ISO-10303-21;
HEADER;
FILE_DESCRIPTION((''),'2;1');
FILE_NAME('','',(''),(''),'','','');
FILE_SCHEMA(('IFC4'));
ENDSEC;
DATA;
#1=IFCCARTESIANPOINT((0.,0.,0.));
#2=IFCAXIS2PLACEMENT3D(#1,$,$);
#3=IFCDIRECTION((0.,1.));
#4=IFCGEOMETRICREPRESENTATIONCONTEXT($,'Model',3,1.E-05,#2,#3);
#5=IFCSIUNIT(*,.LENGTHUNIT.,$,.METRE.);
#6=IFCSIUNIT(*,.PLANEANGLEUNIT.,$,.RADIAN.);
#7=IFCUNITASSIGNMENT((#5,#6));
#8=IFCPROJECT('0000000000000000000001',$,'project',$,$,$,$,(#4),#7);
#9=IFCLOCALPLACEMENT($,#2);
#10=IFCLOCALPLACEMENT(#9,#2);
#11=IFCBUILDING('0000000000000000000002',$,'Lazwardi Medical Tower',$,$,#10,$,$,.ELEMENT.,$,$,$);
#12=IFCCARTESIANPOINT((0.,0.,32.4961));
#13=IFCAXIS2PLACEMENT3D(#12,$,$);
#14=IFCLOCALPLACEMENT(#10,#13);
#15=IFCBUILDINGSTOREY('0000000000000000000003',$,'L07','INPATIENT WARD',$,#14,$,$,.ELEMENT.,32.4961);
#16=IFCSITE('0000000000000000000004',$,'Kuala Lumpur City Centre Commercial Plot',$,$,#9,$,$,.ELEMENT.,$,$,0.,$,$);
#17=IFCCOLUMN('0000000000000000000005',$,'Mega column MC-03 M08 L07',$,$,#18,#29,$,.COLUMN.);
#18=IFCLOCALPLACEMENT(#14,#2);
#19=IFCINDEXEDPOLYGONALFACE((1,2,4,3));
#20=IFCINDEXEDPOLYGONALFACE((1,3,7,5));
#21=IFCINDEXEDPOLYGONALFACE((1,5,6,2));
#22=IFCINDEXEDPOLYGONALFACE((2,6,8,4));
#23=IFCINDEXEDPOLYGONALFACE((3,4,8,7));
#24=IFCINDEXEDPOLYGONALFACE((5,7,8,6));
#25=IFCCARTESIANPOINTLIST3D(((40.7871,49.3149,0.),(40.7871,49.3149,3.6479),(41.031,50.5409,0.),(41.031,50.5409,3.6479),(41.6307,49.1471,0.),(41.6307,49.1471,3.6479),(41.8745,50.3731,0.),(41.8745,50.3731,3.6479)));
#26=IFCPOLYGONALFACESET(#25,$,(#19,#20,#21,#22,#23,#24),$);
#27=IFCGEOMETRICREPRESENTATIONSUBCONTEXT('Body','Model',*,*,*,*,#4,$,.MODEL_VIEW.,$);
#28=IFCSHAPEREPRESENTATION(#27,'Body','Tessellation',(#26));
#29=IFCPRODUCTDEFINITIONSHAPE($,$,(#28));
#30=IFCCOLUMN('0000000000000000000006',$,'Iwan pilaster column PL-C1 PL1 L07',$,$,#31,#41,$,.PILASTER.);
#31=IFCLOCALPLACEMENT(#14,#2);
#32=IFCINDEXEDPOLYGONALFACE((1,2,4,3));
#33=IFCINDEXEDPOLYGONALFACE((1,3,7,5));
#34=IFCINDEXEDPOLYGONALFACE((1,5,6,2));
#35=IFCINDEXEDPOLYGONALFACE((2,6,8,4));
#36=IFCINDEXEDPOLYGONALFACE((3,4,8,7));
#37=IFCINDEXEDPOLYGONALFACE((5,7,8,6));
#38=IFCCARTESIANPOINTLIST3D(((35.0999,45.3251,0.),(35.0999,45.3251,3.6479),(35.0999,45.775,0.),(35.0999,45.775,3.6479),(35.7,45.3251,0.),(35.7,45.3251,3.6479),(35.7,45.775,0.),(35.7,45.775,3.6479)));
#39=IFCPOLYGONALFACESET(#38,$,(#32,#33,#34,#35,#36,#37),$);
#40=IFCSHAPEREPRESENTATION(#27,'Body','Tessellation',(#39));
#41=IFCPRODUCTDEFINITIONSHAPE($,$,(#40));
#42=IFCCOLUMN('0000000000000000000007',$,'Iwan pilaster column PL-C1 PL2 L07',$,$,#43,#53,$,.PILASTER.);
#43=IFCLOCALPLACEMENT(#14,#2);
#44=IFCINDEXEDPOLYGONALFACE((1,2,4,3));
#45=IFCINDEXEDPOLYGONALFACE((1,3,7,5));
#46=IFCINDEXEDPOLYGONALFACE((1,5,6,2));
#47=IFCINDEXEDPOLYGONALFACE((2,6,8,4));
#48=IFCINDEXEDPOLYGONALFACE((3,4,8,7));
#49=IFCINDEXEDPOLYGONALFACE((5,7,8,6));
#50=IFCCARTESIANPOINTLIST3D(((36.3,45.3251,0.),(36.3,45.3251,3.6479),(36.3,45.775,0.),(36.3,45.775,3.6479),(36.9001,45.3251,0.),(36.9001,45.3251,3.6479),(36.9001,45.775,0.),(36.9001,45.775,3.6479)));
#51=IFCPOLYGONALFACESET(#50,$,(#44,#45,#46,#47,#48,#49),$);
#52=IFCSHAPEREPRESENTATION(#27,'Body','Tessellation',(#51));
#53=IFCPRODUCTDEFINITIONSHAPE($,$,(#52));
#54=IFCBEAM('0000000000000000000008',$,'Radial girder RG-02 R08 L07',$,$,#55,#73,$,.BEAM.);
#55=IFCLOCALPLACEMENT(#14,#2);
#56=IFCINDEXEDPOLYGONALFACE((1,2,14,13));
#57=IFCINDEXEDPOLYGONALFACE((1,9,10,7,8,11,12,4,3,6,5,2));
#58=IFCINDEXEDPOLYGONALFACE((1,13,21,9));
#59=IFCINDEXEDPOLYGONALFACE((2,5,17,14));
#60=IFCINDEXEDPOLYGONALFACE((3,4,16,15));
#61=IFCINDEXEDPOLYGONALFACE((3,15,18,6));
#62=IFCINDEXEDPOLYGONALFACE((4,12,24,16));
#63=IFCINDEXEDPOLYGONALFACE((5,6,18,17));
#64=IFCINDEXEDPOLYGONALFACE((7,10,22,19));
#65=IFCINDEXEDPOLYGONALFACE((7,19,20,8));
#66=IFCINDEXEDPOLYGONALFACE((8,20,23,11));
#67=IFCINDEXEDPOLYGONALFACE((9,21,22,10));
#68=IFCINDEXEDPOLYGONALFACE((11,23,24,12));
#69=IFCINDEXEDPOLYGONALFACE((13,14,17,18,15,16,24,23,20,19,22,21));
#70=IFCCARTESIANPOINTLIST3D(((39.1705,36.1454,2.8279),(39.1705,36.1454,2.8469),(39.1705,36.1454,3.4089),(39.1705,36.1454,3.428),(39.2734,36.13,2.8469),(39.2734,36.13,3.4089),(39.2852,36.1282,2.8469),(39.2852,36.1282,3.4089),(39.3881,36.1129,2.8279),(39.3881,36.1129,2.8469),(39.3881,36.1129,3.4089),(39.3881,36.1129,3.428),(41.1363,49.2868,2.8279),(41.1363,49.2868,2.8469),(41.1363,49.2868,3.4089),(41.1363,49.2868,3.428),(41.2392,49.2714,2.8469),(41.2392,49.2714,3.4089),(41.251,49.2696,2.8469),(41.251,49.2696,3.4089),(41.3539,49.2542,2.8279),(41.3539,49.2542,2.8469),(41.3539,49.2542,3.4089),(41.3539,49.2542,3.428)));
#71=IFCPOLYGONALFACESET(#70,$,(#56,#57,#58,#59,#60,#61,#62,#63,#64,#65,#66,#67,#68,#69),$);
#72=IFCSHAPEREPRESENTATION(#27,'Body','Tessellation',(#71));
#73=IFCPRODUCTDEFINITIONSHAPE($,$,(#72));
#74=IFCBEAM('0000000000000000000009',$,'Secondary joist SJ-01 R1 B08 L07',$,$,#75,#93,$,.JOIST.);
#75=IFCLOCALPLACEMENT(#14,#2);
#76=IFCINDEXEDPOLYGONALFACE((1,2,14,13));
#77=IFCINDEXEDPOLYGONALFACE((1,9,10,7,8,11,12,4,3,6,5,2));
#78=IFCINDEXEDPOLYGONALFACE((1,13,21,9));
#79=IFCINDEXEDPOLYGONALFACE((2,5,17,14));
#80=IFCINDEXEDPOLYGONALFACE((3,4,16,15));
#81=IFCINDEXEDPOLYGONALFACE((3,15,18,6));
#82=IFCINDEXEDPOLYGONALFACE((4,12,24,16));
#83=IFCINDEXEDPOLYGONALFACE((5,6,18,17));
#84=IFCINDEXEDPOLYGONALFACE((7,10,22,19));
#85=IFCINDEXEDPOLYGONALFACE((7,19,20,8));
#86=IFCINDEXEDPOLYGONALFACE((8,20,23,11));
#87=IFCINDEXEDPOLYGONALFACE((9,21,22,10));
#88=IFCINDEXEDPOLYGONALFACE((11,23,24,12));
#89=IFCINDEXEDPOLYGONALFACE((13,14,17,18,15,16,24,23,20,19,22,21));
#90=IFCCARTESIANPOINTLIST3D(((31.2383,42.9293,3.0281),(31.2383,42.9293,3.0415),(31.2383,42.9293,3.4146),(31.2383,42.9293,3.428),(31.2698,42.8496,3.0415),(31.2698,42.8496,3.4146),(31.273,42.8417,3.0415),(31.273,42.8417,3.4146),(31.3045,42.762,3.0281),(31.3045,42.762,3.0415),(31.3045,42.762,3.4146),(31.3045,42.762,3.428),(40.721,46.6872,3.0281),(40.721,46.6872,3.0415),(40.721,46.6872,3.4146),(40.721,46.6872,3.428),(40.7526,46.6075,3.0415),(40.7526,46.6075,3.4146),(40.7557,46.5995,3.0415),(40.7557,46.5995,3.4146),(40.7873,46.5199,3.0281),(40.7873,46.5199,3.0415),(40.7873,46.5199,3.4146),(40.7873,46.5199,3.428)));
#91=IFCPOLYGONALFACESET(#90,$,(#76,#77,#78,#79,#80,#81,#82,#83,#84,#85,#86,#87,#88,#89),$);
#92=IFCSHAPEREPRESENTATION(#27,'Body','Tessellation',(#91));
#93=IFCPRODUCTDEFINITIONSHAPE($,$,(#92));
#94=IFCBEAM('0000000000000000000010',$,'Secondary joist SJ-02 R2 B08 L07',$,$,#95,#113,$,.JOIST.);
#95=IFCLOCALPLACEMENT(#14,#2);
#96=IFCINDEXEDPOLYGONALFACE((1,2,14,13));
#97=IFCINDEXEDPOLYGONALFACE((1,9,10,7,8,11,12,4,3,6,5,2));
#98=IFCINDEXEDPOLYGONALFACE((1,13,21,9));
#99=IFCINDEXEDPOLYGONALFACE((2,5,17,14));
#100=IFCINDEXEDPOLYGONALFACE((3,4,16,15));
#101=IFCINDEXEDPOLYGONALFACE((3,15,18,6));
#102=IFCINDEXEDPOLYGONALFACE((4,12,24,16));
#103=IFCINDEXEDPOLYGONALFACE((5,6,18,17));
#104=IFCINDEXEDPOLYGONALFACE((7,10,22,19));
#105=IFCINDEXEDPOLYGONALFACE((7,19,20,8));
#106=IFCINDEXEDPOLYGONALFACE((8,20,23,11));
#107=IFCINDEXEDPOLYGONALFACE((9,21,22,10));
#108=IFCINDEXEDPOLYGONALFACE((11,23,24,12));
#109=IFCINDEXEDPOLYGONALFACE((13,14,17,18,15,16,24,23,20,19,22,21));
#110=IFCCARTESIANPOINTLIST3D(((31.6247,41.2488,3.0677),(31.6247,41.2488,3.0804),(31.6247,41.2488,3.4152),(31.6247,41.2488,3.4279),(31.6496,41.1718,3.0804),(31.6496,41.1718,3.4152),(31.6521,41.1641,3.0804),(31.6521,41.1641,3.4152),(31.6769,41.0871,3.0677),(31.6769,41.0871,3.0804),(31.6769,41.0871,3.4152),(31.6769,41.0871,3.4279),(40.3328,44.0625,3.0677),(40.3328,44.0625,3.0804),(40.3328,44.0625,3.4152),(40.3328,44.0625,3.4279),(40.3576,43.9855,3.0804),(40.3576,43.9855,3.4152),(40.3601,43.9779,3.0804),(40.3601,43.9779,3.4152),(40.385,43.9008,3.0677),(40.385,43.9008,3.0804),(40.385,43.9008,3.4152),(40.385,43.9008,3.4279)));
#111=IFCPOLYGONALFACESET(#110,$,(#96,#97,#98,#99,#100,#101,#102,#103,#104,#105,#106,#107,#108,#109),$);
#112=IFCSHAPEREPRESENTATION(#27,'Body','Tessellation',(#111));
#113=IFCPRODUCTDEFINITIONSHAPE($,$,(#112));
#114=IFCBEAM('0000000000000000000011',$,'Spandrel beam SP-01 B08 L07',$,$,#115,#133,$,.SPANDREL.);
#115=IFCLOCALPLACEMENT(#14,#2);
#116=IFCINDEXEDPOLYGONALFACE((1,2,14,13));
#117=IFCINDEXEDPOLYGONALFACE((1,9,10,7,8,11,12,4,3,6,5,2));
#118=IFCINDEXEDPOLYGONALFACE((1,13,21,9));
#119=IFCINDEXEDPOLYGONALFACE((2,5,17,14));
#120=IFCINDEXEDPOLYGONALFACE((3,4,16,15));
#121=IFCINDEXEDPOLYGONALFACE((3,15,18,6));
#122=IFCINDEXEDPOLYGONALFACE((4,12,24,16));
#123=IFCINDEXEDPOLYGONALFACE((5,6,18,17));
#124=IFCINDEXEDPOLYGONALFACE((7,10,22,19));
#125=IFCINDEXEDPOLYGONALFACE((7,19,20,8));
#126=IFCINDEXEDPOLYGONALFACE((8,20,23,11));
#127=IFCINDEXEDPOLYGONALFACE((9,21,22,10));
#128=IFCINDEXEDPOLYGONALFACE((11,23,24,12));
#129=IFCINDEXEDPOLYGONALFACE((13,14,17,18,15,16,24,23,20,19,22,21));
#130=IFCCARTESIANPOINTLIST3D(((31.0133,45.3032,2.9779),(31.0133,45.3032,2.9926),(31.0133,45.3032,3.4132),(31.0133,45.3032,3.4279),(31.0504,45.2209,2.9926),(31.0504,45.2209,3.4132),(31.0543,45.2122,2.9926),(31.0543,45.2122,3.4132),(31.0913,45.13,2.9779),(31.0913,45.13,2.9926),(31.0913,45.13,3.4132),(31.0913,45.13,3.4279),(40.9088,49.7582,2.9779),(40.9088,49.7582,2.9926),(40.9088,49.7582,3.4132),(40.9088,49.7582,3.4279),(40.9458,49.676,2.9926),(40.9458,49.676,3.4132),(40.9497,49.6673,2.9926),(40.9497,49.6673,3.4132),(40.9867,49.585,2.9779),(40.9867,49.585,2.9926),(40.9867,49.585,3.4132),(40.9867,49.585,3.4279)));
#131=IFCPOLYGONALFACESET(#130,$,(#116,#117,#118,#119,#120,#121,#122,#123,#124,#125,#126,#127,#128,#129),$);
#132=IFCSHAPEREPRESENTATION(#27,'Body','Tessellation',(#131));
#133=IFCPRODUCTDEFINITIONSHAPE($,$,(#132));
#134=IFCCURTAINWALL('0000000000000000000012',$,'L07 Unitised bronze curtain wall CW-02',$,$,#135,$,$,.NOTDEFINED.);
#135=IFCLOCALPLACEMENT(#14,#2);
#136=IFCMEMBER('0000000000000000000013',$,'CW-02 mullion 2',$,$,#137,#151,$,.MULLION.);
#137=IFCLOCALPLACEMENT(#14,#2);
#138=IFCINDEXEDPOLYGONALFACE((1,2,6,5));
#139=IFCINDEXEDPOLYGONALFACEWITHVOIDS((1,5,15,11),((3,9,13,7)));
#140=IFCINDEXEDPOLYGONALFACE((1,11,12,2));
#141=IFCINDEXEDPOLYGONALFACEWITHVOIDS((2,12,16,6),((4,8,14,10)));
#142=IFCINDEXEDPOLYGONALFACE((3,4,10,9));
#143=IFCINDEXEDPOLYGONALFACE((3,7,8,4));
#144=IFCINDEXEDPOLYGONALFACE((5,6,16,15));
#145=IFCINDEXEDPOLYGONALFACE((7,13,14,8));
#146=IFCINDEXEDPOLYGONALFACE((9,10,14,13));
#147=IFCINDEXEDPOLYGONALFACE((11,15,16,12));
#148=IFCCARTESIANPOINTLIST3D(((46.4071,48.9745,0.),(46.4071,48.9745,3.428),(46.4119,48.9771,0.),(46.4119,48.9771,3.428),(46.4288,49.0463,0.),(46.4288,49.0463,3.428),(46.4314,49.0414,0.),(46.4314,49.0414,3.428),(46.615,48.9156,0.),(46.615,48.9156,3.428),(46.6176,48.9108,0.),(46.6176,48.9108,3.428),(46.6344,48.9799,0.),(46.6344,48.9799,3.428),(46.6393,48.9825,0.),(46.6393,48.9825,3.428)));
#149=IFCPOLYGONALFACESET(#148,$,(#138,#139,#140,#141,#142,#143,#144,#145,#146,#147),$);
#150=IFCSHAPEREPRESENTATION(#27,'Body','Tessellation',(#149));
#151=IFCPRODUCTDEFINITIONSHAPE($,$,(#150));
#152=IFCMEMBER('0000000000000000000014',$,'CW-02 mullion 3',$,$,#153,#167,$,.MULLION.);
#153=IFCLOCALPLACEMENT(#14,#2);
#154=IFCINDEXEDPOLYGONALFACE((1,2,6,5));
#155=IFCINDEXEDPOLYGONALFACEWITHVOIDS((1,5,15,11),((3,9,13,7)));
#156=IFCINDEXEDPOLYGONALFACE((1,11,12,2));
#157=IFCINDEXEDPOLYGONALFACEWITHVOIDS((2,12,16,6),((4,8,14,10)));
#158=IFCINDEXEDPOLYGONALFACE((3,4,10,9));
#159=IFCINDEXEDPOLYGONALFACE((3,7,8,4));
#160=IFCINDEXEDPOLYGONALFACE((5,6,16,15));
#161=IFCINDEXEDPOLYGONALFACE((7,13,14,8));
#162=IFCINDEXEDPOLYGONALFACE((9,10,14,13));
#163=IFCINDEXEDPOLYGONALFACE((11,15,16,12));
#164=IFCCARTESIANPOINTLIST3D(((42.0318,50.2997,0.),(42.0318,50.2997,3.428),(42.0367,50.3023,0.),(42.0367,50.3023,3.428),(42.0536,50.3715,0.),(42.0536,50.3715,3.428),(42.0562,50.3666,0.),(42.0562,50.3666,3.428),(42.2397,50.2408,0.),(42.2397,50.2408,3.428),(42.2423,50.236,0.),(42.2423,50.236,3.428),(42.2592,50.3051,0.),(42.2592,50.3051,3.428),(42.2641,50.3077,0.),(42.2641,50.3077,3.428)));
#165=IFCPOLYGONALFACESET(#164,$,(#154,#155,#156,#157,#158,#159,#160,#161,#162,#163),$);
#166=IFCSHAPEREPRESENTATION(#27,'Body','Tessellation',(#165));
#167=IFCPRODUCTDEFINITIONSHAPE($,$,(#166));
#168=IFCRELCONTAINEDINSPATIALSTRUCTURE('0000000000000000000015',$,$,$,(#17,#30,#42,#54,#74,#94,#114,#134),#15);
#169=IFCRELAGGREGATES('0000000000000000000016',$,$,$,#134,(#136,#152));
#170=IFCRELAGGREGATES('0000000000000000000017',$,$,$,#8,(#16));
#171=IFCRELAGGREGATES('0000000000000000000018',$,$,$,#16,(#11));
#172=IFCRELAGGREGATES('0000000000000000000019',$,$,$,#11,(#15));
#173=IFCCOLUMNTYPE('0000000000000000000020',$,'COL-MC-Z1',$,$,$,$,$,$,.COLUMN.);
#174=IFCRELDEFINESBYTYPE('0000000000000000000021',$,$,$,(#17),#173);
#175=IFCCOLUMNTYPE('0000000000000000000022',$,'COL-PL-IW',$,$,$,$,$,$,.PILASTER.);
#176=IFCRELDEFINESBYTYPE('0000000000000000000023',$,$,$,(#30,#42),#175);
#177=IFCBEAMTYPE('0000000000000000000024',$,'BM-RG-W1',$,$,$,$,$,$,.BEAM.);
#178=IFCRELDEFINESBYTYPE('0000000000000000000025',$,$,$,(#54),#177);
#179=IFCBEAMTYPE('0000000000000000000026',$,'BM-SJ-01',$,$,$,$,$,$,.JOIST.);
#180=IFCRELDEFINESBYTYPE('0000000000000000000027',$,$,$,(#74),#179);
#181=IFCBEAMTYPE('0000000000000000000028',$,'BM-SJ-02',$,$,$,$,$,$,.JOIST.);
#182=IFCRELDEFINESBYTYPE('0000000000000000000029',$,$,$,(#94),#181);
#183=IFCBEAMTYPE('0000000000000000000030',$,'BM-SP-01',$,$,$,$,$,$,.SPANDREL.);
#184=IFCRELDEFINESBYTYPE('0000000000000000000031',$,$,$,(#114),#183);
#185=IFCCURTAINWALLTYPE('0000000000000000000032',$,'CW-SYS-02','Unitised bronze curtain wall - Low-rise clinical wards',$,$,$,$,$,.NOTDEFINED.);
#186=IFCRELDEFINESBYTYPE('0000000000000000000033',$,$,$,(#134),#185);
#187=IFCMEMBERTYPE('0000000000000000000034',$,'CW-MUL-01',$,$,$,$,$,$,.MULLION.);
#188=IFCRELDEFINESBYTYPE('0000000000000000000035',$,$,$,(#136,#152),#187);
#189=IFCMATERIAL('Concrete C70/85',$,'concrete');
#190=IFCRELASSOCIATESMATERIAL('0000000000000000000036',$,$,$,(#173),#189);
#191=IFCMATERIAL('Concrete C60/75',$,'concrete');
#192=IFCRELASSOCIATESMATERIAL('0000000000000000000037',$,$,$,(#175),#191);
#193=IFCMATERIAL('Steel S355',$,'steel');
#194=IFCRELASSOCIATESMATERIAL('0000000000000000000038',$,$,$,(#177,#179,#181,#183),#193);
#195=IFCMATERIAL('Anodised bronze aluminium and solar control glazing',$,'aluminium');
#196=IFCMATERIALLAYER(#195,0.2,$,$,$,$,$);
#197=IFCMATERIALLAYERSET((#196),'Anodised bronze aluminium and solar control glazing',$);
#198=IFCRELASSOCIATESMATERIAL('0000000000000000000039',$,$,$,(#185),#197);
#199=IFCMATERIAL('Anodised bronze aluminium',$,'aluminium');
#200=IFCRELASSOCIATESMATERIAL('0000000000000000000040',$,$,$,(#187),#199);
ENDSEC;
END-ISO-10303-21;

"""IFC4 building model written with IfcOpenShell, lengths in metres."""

from ifc_helpers import new_model, si_unit, direction, frame, origin, origin_2d, place, context, subcontext, project, spatial, rectangle, hollow_rectangle, i_section, extrude, material, layer, layer_set, material_profile, profile_set, type_object, element, aggregate, save


model = new_model("IFC4")

# Units and contexts
model_context = context("Model", 3, precision=1e-05, world=origin(), true_north=direction((0.0, 1.0)))
body_context = subcontext(model_context, "Body", "Model", "MODEL_VIEW")
ifc_project = project(units=[si_unit("LENGTHUNIT", "METRE"), si_unit("PLANEANGLEUNIT", "RADIAN")], contexts=[model_context])

# Site, building, storey
site_placement = place(None, origin())
site = spatial("IfcSite", under=ifc_project, at=site_placement, Name="Kuala Lumpur City Centre Commercial Plot", CompositionType="ELEMENT", RefElevation=0.0)
building_placement = place(site_placement, origin())
building = spatial("IfcBuilding", under=site, at=building_placement, Name="Lazwardi Medical Tower", CompositionType="ELEMENT")
storey_placement = place(building_placement, frame((0.0, 0.0, 32.4961)))
storey = spatial("IfcBuildingStorey", under=building, at=storey_placement, Name="L07", Description="INPATIENT WARD", CompositionType="ELEMENT", Elevation=32.4961)

# Columns
ifc_material_1 = material(Name="Concrete C70/85", Category="concrete")
ifc_material_profile_1 = material_profile(ifc_material_1, rectangle(XDim=1.25, YDim=0.8601, at=origin_2d()), Name="CFT-RECT 1250x860")
ifc_profile_set_1 = profile_set([ifc_material_profile_1], Name="Concrete C70/85")
column_type_1 = type_object("IfcColumnType", Name="COL-MC-Z1", PredefinedType="COLUMN", material=ifc_profile_set_1)
column_placement = place(storey_placement, frame((41.3308, 49.844, 0.0), z_axis=(0.0, 0.0, 1.0), x_axis=(0.19509, 0.980785, 0.0)))
element("IfcColumn", 1, at=column_placement, inside=storey, type_object=column_type_1, Name="Mega column MC-03 M08 L07", PredefinedType="COLUMN", context=body_context, shape_type="SweptSolid", body=[
    extrude(rectangle(XDim=1.25, YDim=0.8601, at=origin_2d()), origin(), (0.0, 0.0, 1.0), 3.6479),
])
ifc_material_2 = material(Name="Concrete C60/75", Category="concrete")
ifc_material_profile_2 = material_profile(ifc_material_2, rectangle(XDim=0.6001, YDim=0.45, at=origin_2d()), Name="RC 600x450")
ifc_profile_set_2 = profile_set([ifc_material_profile_2], Name="Concrete C60/75")
column_type_2 = type_object("IfcColumnType", Name="COL-PL-IW", PredefinedType="PILASTER", material=ifc_profile_set_2)
for number, where, z_axis, x_axis, name in (
    (2, (35.3999, 45.55, 0.0), (0.0, 0.0, 1.0), (1.0, 0.0, 0.0), "Iwan pilaster column PL-C1 PL1 L07"),
    (3, (36.6001, 45.55, 0.0), (0.0, 0.0, 1.0), (1.0, 0.0, 0.0), "Iwan pilaster column PL-C1 PL2 L07"),
):
    element("IfcColumn", number, at=place(storey_placement, frame(where, z_axis=z_axis, x_axis=x_axis)), inside=storey, type_object=column_type_2, Name=name, PredefinedType="PILASTER", context=body_context, shape_type="SweptSolid", body=[
        extrude(rectangle(XDim=0.6001, YDim=0.45, at=origin_2d()), origin(), (0.0, 0.0, 1.0), 3.6479),
    ])

# Beams
ifc_material_3 = material(Name="Steel S355", Category="steel")
ifc_material_profile_3 = material_profile(ifc_material_3, i_section(OverallWidth=0.22, OverallDepth=0.6001, WebThickness=0.012, FlangeThickness=0.019, at=origin_2d()), Name="IPE 600")
ifc_profile_set_3 = profile_set([ifc_material_profile_3], Name="Steel S355")
beam_type_1 = type_object("IfcBeamType", Name="BM-RG-W1", PredefinedType="BEAM", material=ifc_profile_set_3)
beam_1_placement = place(storey_placement, frame((41.2451, 49.2705, 3.1279), z_axis=(-0.147944, -0.988996, 0.0), x_axis=(0.988996, -0.147944, 0.0)))
element("IfcBeam", 4, at=beam_1_placement, inside=storey, type_object=beam_type_1, Name="Radial girder RG-02 R08 L07", PredefinedType="BEAM", context=body_context, shape_type="SweptSolid", body=[
    extrude(i_section(OverallWidth=0.22, OverallDepth=0.6001, WebThickness=0.012, FlangeThickness=0.019, at=origin_2d()), origin(), (0.0, 0.0, 1.0), 13.2876),
])
ifc_material_profile_4 = material_profile(ifc_material_3, i_section(OverallWidth=0.1799, OverallDepth=0.3999, WebThickness=0.0085, FlangeThickness=0.0134, at=origin_2d()), Name="IPE 400")
ifc_profile_set_4 = profile_set([ifc_material_profile_4], Name="Steel S355")
beam_type_2 = type_object("IfcBeamType", Name="BM-SJ-01", PredefinedType="JOIST", material=ifc_profile_set_4)
beam_2_placement = place(storey_placement, frame((40.7542, 46.6035, 3.228), z_axis=(-0.929664, -0.368409, 0.0), x_axis=(0.368409, -0.929664, 0.0)))
element("IfcBeam", 5, at=beam_2_placement, inside=storey, type_object=beam_type_2, Name="Secondary joist SJ-01 R1 B08 L07", PredefinedType="JOIST", context=body_context, shape_type="SweptSolid", body=[
    extrude(i_section(OverallWidth=0.1799, OverallDepth=0.3999, WebThickness=0.0085, FlangeThickness=0.0134, at=origin_2d()), origin(), (0.0, 0.0, 1.0), 10.2002),
])
ifc_material_profile_5 = material_profile(ifc_material_3, i_section(OverallWidth=0.1699, OverallDepth=0.3601, WebThickness=0.0081, FlangeThickness=0.0127, at=origin_2d()), Name="IPE 360")
ifc_profile_set_5 = profile_set([ifc_material_profile_5], Name="Steel S355")
beam_type_3 = type_object("IfcBeamType", Name="BM-SJ-02", PredefinedType="JOIST", material=ifc_profile_set_5)
beam_3_placement = place(storey_placement, frame((40.3589, 43.9817, 3.2478), z_axis=(-0.951559, -0.307467, 0.0), x_axis=(0.307467, -0.951559, 0.0)))
element("IfcBeam", 6, at=beam_3_placement, inside=storey, type_object=beam_type_3, Name="Secondary joist SJ-02 R2 B08 L07", PredefinedType="JOIST", context=body_context, shape_type="SweptSolid", body=[
    extrude(i_section(OverallWidth=0.1699, OverallDepth=0.3601, WebThickness=0.0081, FlangeThickness=0.0127, at=origin_2d()), origin(), (0.0, 0.0, 1.0), 9.1514),
])
ifc_material_profile_6 = material_profile(ifc_material_3, i_section(OverallWidth=0.1899, OverallDepth=0.45, WebThickness=0.0095, FlangeThickness=0.0146, at=origin_2d()), Name="IPE 450")
ifc_profile_set_6 = profile_set([ifc_material_profile_6], Name="Steel S355")
beam_type_4 = type_object("IfcBeamType", Name="BM-SP-01", PredefinedType="SPANDREL", material=ifc_profile_set_6)
beam_4_placement = place(storey_placement, frame((40.9478, 49.6716, 3.2029), z_axis=(-0.911849, -0.410526, 0.0), x_axis=(0.410526, -0.911849, 0.0)))
element("IfcBeam", 7, at=beam_4_placement, inside=storey, type_object=beam_type_4, Name="Spandrel beam SP-01 B08 L07", PredefinedType="SPANDREL", context=body_context, shape_type="SweptSolid", body=[
    extrude(i_section(OverallWidth=0.1899, OverallDepth=0.45, WebThickness=0.0095, FlangeThickness=0.0146, at=origin_2d()), origin(), (0.0, 0.0, 1.0), 10.8521),
])

# Curtain wall, members
ifc_material_4 = material(Name="Anodised bronze aluminium and solar control glazing", Category="aluminium")
ifc_layer_1 = layer(ifc_material_4, 0.2)
ifc_layer_set_1 = layer_set([ifc_layer_1], Name="Anodised bronze aluminium and solar control glazing")
curtain_wall_type = type_object("IfcCurtainWallType", Name="CW-SYS-02", Description="Unitised bronze curtain wall - Low-rise clinical wards", PredefinedType="NOTDEFINED", material=ifc_layer_set_1)
curtain_wall_placement = place(storey_placement, origin())
curtain_wall = element("IfcCurtainWall", 8, at=curtain_wall_placement, inside=storey, type_object=curtain_wall_type, Name="L07 Unitised bronze curtain wall CW-02", PredefinedType="NOTDEFINED")
ifc_material_5 = material(Name="Anodised bronze aluminium", Category="aluminium")
ifc_material_profile_7 = material_profile(ifc_material_5, hollow_rectangle(XDim=0.075, YDim=0.22, WallThickness=0.0039, at=origin_2d()), Name="ALU-MULLION 220x75x4")
ifc_profile_set_7 = profile_set([ifc_material_profile_7], Name="Anodised bronze aluminium")
member_type_1 = type_object("IfcMemberType", Name="CW-MUL-01", PredefinedType="MULLION", material=ifc_profile_set_7)
member_1_placement = place(storey_placement, frame((46.5232, 48.9785, 0.0), z_axis=(0.0, 0.0, 1.0), x_axis=(-0.289896, -0.957058, 0.0)))
member_1 = element("IfcMember", 9, at=member_1_placement, type_object=member_type_1, Name="CW-02 mullion 2", PredefinedType="MULLION", context=body_context, shape_type="SweptSolid", body=[
    extrude(hollow_rectangle(XDim=0.075, YDim=0.22, WallThickness=0.0039, at=origin_2d()), origin(), (0.0, 0.0, 1.0), 3.428),
])
member_2_placement = place(storey_placement, frame((42.1479, 50.3037, 0.0), z_axis=(0.0, 0.0, 1.0), x_axis=(-0.289896, -0.957058, 0.0)))
member_2 = element("IfcMember", 10, at=member_2_placement, type_object=member_type_1, Name="CW-02 mullion 3", PredefinedType="MULLION", context=body_context, shape_type="SweptSolid", body=[
    extrude(hollow_rectangle(XDim=0.075, YDim=0.22, WallThickness=0.0039, at=origin_2d()), origin(), (0.0, 0.0, 1.0), 3.428),
])
aggregate(curtain_wall, [member_1, member_2])

save(model, "model.ifc")
